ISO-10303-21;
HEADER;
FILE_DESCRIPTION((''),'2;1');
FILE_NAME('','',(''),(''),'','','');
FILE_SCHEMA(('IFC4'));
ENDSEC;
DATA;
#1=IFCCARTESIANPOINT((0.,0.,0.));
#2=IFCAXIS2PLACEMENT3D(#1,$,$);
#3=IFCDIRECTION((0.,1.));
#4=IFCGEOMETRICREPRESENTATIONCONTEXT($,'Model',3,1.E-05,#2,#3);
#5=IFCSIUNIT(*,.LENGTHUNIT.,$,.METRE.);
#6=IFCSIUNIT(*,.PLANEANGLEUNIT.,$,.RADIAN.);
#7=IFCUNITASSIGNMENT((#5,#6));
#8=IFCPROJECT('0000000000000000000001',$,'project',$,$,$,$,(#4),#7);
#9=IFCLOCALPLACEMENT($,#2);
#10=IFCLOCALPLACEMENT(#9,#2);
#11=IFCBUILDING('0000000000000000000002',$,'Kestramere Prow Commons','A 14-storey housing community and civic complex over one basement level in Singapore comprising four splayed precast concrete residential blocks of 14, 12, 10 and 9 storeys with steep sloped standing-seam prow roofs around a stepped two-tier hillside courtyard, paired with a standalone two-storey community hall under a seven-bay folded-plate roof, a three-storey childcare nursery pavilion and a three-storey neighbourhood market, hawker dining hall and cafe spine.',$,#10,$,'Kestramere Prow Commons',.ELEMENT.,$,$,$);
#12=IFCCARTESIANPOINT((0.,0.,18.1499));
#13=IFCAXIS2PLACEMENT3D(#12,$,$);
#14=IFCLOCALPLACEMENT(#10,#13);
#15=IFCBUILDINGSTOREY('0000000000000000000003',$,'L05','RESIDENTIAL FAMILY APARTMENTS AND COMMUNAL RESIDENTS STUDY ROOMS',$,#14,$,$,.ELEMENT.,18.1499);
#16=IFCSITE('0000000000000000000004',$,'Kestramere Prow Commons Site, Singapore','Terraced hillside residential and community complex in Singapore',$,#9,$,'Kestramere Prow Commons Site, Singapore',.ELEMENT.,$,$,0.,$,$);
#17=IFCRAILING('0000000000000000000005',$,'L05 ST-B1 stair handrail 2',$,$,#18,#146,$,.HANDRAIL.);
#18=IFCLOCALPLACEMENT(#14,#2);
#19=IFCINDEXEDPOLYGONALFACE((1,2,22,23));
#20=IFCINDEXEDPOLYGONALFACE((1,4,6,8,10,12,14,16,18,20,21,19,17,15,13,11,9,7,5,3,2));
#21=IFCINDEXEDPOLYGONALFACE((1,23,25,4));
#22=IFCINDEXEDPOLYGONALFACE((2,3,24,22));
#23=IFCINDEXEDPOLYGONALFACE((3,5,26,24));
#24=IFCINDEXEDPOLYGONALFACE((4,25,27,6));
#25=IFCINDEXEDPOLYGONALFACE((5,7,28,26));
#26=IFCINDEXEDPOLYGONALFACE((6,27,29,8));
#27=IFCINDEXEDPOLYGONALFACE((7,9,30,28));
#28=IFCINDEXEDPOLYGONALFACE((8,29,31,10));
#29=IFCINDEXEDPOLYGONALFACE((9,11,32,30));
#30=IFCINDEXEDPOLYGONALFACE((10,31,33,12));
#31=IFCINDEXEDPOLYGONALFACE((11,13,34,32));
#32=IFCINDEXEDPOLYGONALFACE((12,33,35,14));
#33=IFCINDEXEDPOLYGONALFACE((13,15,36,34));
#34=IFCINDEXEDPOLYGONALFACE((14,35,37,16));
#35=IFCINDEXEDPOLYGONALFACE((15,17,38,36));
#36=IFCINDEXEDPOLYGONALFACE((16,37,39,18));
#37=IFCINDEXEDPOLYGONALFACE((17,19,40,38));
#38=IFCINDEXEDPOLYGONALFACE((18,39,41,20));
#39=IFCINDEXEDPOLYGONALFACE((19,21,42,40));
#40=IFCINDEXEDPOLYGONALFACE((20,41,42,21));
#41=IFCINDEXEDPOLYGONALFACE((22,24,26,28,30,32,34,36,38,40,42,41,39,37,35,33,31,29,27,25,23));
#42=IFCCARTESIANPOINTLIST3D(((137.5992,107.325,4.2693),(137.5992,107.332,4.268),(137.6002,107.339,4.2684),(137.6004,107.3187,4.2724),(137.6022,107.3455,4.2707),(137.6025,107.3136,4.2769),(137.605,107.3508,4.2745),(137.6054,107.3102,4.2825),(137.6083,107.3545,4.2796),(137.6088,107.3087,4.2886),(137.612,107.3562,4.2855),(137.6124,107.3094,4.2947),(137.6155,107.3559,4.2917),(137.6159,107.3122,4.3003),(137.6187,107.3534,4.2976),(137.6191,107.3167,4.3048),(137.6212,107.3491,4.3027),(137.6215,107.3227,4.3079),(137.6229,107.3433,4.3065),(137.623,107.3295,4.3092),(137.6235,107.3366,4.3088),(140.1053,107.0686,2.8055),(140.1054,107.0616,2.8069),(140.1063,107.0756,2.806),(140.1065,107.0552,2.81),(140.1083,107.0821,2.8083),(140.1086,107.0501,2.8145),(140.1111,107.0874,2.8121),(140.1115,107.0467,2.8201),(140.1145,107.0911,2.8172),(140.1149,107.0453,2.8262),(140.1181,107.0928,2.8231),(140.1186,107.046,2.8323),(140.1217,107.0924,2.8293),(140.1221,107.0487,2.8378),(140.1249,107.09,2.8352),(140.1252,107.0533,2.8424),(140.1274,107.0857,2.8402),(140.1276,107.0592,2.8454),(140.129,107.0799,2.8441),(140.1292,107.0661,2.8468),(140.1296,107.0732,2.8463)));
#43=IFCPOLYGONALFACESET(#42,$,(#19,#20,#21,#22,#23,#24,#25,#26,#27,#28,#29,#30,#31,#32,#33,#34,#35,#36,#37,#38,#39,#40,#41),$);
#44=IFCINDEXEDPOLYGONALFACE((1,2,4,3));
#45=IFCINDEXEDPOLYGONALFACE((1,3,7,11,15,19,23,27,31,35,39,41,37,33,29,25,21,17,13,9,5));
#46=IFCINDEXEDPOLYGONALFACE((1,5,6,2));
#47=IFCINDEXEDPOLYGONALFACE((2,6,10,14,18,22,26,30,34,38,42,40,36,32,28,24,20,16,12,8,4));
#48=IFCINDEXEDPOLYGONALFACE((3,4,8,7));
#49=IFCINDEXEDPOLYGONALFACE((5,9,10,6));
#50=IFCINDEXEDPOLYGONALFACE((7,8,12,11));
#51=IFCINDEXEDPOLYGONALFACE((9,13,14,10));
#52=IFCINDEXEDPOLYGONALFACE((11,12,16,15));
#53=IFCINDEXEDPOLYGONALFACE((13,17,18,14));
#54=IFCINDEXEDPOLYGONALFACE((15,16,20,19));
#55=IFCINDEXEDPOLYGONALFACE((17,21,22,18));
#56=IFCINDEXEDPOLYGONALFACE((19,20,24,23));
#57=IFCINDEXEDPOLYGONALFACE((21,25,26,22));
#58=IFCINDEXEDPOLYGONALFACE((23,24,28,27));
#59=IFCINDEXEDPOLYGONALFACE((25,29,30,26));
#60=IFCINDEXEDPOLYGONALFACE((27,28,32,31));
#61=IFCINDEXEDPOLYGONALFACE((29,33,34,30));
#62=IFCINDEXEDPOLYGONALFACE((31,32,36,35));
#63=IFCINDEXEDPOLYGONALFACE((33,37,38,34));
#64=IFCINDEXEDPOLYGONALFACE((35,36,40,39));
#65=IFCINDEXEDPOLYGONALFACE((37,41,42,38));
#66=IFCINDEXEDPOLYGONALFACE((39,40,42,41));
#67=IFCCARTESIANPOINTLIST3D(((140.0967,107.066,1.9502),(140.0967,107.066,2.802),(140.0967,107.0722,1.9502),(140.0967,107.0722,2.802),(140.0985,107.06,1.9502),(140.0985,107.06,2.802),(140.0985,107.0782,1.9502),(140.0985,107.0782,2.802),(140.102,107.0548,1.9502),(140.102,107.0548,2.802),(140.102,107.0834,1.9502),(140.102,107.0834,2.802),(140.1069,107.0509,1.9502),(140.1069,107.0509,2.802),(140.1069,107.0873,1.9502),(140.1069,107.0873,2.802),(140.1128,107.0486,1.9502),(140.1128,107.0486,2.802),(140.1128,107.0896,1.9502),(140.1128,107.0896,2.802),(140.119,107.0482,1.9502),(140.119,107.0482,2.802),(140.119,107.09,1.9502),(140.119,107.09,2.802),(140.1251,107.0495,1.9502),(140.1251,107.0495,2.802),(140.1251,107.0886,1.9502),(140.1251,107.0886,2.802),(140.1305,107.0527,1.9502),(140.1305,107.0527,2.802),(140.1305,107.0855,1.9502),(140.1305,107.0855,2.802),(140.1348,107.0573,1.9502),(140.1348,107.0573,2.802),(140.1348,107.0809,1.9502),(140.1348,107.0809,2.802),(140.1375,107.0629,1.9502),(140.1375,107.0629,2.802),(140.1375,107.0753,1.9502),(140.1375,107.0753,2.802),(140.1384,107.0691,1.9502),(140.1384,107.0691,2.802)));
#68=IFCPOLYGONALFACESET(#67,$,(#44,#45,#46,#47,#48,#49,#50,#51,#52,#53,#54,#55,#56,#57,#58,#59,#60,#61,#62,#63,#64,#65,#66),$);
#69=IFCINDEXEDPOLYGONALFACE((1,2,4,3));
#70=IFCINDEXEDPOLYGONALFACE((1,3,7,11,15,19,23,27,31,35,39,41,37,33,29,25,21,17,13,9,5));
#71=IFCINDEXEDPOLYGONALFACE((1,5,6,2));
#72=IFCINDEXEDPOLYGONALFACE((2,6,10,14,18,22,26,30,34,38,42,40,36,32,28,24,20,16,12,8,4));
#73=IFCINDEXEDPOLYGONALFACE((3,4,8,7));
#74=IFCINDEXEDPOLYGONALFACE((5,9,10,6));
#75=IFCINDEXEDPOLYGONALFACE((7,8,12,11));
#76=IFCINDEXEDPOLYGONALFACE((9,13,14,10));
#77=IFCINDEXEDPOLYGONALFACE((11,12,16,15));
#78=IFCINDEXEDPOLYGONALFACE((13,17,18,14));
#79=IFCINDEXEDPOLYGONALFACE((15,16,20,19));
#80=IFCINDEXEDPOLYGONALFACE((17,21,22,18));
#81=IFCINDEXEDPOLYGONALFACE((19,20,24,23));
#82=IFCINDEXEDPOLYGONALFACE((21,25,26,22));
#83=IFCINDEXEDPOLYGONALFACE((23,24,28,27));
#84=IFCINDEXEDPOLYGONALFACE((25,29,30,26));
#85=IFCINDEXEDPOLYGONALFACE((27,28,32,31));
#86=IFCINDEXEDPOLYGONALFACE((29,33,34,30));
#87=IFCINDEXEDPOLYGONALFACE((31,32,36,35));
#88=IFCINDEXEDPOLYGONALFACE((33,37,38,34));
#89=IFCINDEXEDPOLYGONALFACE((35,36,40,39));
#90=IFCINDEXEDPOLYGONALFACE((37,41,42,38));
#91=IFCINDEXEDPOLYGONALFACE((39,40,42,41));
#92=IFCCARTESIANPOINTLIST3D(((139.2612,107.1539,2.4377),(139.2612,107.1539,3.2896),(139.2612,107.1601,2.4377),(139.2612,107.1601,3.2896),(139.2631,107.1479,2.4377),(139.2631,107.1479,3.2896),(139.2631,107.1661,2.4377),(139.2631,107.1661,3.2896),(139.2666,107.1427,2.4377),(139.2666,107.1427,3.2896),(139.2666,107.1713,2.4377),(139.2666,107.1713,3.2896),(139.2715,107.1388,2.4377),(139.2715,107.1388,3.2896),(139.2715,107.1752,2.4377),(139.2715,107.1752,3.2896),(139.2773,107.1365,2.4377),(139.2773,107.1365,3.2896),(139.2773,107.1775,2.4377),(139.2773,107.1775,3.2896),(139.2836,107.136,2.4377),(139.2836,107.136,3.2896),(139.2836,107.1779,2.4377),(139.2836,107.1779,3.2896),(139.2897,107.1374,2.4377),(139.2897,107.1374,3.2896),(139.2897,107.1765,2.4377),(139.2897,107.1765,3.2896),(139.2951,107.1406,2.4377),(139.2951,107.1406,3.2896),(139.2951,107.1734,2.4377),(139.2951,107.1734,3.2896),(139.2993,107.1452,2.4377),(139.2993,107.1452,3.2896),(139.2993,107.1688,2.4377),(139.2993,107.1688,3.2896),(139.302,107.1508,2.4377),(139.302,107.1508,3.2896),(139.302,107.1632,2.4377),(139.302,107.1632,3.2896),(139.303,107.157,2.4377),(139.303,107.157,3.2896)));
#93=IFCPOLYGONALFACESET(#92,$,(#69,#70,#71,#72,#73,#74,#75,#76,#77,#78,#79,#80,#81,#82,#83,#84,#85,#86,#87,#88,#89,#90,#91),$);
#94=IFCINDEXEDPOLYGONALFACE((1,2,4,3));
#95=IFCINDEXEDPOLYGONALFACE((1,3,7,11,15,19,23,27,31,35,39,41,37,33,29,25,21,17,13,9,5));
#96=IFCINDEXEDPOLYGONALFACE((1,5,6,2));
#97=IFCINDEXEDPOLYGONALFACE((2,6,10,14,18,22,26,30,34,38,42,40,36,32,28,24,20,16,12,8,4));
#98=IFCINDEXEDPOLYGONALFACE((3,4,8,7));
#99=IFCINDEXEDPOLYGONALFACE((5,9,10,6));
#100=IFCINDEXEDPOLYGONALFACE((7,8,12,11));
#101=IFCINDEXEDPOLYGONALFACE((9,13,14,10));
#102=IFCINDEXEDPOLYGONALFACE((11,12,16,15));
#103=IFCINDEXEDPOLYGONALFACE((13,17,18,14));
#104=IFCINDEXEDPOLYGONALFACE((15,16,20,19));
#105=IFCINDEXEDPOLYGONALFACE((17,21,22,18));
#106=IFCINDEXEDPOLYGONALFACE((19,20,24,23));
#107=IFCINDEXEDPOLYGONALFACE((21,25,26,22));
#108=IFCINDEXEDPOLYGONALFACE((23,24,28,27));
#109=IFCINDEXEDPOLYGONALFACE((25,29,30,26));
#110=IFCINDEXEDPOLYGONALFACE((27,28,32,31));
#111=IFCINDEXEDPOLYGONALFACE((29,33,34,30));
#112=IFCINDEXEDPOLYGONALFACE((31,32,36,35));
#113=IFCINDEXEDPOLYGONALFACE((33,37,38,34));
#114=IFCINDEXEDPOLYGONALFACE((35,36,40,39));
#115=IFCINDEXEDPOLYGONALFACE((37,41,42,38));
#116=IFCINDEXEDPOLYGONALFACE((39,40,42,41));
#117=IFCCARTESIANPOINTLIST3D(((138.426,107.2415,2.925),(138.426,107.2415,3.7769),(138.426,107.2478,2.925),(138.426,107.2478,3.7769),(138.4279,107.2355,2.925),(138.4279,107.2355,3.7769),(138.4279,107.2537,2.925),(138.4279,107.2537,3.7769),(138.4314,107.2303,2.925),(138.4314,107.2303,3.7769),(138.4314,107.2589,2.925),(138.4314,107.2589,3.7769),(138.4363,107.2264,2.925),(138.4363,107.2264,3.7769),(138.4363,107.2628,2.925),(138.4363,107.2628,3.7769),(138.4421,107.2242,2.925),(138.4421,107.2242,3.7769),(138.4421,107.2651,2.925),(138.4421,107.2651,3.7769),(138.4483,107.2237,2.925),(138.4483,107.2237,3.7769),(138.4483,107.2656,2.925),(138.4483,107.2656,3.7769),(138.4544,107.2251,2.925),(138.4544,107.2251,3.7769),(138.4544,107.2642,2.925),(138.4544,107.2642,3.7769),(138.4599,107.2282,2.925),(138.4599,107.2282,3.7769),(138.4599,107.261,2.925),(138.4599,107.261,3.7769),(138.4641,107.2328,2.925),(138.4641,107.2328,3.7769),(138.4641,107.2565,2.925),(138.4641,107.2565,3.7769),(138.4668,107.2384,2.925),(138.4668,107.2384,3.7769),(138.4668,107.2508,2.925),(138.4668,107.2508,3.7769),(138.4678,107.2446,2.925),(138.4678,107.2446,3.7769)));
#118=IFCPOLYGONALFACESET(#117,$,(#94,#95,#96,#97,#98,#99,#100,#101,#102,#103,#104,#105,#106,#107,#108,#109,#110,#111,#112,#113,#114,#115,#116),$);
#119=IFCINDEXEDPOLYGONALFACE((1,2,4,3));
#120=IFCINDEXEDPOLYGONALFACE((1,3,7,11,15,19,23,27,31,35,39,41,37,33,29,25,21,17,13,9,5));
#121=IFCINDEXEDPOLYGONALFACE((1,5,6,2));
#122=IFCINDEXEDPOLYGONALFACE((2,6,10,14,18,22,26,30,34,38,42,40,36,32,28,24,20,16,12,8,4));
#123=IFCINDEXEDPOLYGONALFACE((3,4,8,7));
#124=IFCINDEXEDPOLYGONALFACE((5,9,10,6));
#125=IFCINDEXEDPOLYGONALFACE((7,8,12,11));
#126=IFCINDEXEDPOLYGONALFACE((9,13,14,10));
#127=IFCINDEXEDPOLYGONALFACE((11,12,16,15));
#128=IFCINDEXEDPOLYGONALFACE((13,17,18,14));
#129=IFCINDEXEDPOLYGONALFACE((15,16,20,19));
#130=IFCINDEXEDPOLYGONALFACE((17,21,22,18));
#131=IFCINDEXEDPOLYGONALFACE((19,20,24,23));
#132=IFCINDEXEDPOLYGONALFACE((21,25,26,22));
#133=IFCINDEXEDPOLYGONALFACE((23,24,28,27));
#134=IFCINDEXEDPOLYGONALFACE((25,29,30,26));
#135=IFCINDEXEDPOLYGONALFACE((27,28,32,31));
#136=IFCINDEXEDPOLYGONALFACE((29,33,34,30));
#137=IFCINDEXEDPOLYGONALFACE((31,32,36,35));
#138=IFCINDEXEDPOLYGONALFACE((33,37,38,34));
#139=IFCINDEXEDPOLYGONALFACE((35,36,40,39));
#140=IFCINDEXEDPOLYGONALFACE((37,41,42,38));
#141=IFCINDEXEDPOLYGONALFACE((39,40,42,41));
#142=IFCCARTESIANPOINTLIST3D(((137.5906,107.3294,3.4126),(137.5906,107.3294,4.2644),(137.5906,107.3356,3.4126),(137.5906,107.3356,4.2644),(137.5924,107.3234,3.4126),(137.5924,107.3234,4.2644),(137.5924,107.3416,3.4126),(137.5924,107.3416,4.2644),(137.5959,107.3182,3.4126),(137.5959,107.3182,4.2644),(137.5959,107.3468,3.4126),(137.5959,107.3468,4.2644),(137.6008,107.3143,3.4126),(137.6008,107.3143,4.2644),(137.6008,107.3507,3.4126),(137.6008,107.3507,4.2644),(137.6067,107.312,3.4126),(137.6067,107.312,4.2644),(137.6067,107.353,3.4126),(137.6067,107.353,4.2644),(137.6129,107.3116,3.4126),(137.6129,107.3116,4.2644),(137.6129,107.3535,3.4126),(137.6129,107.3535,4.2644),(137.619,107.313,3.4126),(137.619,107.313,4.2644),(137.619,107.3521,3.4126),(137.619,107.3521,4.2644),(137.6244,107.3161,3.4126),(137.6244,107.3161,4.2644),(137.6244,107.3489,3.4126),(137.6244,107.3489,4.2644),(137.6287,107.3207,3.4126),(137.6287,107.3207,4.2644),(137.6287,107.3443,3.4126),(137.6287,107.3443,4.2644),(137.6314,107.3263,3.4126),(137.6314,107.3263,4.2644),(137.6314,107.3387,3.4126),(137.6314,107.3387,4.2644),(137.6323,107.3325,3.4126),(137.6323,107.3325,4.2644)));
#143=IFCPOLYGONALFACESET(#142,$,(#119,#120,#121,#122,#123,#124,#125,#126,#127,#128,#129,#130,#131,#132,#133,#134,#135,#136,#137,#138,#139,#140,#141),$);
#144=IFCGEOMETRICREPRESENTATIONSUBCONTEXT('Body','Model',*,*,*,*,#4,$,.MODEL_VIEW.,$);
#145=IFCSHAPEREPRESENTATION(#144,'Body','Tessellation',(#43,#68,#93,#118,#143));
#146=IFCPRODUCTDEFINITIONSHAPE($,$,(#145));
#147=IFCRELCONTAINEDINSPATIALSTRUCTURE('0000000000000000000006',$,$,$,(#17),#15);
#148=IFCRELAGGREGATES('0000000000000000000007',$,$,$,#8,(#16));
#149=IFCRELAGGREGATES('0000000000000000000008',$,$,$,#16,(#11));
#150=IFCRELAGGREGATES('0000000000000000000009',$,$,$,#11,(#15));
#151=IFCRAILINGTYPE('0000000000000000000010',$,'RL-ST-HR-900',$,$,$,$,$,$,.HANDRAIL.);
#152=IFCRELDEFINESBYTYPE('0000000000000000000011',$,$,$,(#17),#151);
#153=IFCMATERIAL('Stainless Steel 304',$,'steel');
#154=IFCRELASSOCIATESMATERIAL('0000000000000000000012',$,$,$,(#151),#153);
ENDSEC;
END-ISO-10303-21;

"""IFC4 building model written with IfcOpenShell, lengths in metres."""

from ifc_helpers import new_model, si_unit, direction, frame, origin, origin_2d, place, context, subcontext, project, spatial, circle, extrude, material, type_object, element, save


model = new_model("IFC4")

# Units and contexts
model_context = context("Model", 3, precision=1e-05, world=origin(), true_north=direction((0.0, 1.0)))
body_context = subcontext(model_context, "Body", "Model", "MODEL_VIEW")
ifc_project = project(units=[si_unit("LENGTHUNIT", "METRE"), si_unit("PLANEANGLEUNIT", "RADIAN")], contexts=[model_context])

# Site, building, storey
site_placement = place(None, origin())
site = spatial("IfcSite", under=ifc_project, at=site_placement, Name="Kestramere Prow Commons Site, Singapore", Description="Terraced hillside residential and community complex in Singapore", LongName="Kestramere Prow Commons Site, Singapore", CompositionType="ELEMENT", RefElevation=0.0)
building_placement = place(site_placement, origin())
building = spatial("IfcBuilding", under=site, at=building_placement, Name="Kestramere Prow Commons", Description="A 14-storey housing community and civic complex over one basement level in Singapore comprising four splayed precast concrete residential blocks of 14, 12, 10 and 9 storeys with steep sloped standing-seam prow roofs around a stepped two-tier hillside courtyard, paired with a standalone two-storey community hall under a seven-bay folded-plate roof, a three-storey childcare nursery pavilion and a three-storey neighbourhood market, hawker dining hall and cafe spine.", LongName="Kestramere Prow Commons", CompositionType="ELEMENT")
storey_placement = place(building_placement, frame((0.0, 0.0, 18.1499)))
storey = spatial("IfcBuildingStorey", under=building, at=storey_placement, Name="L05", Description="RESIDENTIAL FAMILY APARTMENTS AND COMMUNAL RESIDENTS STUDY ROOMS", CompositionType="ELEMENT", Elevation=18.1499)

# Railing
ifc_material_1 = material(Name="Stainless Steel 304", Category="steel")
railing_type_1 = type_object("IfcRailingType", Name="RL-ST-HR-900", PredefinedType="HANDRAIL", material=ifc_material_1)
railing_1_placement = place(storey_placement, frame((140.1174, 107.0691, 1.9502)))
element("IfcRailing", 1, at=railing_1_placement, inside=storey, type_object=railing_type_1, Name="L05 ST-B1 stair handrail 2", PredefinedType="HANDRAIL", context=body_context, shape_type="SweptSolid", body=[
    extrude(circle(Radius=0.0239, at=origin_2d()), frame((0.0, 0.0, 0.876), z_axis=(-0.860165, 0.090416, 0.501937), x_axis=(-0.104539, -0.994521, 0.0)), (0.0, 0.0, 1.0), 2.9136),
    extrude(circle(Radius=0.021, at=origin_2d()), origin(), (0.0, 0.0, 1.0), 0.8518),
    extrude(circle(Radius=0.021, at=origin_2d()), frame((-0.8354, 0.0879, 0.4875)), (0.0, 0.0, 1.0), 0.8518),
    extrude(circle(Radius=0.021, at=origin_2d()), frame((-1.6707, 0.1755, 0.9749)), (0.0, 0.0, 1.0), 0.8518),
    extrude(circle(Radius=0.021, at=origin_2d()), frame((-2.5061, 0.2634, 1.4624)), (0.0, 0.0, 1.0), 0.8518),
])

save(model, "model.ifc")
